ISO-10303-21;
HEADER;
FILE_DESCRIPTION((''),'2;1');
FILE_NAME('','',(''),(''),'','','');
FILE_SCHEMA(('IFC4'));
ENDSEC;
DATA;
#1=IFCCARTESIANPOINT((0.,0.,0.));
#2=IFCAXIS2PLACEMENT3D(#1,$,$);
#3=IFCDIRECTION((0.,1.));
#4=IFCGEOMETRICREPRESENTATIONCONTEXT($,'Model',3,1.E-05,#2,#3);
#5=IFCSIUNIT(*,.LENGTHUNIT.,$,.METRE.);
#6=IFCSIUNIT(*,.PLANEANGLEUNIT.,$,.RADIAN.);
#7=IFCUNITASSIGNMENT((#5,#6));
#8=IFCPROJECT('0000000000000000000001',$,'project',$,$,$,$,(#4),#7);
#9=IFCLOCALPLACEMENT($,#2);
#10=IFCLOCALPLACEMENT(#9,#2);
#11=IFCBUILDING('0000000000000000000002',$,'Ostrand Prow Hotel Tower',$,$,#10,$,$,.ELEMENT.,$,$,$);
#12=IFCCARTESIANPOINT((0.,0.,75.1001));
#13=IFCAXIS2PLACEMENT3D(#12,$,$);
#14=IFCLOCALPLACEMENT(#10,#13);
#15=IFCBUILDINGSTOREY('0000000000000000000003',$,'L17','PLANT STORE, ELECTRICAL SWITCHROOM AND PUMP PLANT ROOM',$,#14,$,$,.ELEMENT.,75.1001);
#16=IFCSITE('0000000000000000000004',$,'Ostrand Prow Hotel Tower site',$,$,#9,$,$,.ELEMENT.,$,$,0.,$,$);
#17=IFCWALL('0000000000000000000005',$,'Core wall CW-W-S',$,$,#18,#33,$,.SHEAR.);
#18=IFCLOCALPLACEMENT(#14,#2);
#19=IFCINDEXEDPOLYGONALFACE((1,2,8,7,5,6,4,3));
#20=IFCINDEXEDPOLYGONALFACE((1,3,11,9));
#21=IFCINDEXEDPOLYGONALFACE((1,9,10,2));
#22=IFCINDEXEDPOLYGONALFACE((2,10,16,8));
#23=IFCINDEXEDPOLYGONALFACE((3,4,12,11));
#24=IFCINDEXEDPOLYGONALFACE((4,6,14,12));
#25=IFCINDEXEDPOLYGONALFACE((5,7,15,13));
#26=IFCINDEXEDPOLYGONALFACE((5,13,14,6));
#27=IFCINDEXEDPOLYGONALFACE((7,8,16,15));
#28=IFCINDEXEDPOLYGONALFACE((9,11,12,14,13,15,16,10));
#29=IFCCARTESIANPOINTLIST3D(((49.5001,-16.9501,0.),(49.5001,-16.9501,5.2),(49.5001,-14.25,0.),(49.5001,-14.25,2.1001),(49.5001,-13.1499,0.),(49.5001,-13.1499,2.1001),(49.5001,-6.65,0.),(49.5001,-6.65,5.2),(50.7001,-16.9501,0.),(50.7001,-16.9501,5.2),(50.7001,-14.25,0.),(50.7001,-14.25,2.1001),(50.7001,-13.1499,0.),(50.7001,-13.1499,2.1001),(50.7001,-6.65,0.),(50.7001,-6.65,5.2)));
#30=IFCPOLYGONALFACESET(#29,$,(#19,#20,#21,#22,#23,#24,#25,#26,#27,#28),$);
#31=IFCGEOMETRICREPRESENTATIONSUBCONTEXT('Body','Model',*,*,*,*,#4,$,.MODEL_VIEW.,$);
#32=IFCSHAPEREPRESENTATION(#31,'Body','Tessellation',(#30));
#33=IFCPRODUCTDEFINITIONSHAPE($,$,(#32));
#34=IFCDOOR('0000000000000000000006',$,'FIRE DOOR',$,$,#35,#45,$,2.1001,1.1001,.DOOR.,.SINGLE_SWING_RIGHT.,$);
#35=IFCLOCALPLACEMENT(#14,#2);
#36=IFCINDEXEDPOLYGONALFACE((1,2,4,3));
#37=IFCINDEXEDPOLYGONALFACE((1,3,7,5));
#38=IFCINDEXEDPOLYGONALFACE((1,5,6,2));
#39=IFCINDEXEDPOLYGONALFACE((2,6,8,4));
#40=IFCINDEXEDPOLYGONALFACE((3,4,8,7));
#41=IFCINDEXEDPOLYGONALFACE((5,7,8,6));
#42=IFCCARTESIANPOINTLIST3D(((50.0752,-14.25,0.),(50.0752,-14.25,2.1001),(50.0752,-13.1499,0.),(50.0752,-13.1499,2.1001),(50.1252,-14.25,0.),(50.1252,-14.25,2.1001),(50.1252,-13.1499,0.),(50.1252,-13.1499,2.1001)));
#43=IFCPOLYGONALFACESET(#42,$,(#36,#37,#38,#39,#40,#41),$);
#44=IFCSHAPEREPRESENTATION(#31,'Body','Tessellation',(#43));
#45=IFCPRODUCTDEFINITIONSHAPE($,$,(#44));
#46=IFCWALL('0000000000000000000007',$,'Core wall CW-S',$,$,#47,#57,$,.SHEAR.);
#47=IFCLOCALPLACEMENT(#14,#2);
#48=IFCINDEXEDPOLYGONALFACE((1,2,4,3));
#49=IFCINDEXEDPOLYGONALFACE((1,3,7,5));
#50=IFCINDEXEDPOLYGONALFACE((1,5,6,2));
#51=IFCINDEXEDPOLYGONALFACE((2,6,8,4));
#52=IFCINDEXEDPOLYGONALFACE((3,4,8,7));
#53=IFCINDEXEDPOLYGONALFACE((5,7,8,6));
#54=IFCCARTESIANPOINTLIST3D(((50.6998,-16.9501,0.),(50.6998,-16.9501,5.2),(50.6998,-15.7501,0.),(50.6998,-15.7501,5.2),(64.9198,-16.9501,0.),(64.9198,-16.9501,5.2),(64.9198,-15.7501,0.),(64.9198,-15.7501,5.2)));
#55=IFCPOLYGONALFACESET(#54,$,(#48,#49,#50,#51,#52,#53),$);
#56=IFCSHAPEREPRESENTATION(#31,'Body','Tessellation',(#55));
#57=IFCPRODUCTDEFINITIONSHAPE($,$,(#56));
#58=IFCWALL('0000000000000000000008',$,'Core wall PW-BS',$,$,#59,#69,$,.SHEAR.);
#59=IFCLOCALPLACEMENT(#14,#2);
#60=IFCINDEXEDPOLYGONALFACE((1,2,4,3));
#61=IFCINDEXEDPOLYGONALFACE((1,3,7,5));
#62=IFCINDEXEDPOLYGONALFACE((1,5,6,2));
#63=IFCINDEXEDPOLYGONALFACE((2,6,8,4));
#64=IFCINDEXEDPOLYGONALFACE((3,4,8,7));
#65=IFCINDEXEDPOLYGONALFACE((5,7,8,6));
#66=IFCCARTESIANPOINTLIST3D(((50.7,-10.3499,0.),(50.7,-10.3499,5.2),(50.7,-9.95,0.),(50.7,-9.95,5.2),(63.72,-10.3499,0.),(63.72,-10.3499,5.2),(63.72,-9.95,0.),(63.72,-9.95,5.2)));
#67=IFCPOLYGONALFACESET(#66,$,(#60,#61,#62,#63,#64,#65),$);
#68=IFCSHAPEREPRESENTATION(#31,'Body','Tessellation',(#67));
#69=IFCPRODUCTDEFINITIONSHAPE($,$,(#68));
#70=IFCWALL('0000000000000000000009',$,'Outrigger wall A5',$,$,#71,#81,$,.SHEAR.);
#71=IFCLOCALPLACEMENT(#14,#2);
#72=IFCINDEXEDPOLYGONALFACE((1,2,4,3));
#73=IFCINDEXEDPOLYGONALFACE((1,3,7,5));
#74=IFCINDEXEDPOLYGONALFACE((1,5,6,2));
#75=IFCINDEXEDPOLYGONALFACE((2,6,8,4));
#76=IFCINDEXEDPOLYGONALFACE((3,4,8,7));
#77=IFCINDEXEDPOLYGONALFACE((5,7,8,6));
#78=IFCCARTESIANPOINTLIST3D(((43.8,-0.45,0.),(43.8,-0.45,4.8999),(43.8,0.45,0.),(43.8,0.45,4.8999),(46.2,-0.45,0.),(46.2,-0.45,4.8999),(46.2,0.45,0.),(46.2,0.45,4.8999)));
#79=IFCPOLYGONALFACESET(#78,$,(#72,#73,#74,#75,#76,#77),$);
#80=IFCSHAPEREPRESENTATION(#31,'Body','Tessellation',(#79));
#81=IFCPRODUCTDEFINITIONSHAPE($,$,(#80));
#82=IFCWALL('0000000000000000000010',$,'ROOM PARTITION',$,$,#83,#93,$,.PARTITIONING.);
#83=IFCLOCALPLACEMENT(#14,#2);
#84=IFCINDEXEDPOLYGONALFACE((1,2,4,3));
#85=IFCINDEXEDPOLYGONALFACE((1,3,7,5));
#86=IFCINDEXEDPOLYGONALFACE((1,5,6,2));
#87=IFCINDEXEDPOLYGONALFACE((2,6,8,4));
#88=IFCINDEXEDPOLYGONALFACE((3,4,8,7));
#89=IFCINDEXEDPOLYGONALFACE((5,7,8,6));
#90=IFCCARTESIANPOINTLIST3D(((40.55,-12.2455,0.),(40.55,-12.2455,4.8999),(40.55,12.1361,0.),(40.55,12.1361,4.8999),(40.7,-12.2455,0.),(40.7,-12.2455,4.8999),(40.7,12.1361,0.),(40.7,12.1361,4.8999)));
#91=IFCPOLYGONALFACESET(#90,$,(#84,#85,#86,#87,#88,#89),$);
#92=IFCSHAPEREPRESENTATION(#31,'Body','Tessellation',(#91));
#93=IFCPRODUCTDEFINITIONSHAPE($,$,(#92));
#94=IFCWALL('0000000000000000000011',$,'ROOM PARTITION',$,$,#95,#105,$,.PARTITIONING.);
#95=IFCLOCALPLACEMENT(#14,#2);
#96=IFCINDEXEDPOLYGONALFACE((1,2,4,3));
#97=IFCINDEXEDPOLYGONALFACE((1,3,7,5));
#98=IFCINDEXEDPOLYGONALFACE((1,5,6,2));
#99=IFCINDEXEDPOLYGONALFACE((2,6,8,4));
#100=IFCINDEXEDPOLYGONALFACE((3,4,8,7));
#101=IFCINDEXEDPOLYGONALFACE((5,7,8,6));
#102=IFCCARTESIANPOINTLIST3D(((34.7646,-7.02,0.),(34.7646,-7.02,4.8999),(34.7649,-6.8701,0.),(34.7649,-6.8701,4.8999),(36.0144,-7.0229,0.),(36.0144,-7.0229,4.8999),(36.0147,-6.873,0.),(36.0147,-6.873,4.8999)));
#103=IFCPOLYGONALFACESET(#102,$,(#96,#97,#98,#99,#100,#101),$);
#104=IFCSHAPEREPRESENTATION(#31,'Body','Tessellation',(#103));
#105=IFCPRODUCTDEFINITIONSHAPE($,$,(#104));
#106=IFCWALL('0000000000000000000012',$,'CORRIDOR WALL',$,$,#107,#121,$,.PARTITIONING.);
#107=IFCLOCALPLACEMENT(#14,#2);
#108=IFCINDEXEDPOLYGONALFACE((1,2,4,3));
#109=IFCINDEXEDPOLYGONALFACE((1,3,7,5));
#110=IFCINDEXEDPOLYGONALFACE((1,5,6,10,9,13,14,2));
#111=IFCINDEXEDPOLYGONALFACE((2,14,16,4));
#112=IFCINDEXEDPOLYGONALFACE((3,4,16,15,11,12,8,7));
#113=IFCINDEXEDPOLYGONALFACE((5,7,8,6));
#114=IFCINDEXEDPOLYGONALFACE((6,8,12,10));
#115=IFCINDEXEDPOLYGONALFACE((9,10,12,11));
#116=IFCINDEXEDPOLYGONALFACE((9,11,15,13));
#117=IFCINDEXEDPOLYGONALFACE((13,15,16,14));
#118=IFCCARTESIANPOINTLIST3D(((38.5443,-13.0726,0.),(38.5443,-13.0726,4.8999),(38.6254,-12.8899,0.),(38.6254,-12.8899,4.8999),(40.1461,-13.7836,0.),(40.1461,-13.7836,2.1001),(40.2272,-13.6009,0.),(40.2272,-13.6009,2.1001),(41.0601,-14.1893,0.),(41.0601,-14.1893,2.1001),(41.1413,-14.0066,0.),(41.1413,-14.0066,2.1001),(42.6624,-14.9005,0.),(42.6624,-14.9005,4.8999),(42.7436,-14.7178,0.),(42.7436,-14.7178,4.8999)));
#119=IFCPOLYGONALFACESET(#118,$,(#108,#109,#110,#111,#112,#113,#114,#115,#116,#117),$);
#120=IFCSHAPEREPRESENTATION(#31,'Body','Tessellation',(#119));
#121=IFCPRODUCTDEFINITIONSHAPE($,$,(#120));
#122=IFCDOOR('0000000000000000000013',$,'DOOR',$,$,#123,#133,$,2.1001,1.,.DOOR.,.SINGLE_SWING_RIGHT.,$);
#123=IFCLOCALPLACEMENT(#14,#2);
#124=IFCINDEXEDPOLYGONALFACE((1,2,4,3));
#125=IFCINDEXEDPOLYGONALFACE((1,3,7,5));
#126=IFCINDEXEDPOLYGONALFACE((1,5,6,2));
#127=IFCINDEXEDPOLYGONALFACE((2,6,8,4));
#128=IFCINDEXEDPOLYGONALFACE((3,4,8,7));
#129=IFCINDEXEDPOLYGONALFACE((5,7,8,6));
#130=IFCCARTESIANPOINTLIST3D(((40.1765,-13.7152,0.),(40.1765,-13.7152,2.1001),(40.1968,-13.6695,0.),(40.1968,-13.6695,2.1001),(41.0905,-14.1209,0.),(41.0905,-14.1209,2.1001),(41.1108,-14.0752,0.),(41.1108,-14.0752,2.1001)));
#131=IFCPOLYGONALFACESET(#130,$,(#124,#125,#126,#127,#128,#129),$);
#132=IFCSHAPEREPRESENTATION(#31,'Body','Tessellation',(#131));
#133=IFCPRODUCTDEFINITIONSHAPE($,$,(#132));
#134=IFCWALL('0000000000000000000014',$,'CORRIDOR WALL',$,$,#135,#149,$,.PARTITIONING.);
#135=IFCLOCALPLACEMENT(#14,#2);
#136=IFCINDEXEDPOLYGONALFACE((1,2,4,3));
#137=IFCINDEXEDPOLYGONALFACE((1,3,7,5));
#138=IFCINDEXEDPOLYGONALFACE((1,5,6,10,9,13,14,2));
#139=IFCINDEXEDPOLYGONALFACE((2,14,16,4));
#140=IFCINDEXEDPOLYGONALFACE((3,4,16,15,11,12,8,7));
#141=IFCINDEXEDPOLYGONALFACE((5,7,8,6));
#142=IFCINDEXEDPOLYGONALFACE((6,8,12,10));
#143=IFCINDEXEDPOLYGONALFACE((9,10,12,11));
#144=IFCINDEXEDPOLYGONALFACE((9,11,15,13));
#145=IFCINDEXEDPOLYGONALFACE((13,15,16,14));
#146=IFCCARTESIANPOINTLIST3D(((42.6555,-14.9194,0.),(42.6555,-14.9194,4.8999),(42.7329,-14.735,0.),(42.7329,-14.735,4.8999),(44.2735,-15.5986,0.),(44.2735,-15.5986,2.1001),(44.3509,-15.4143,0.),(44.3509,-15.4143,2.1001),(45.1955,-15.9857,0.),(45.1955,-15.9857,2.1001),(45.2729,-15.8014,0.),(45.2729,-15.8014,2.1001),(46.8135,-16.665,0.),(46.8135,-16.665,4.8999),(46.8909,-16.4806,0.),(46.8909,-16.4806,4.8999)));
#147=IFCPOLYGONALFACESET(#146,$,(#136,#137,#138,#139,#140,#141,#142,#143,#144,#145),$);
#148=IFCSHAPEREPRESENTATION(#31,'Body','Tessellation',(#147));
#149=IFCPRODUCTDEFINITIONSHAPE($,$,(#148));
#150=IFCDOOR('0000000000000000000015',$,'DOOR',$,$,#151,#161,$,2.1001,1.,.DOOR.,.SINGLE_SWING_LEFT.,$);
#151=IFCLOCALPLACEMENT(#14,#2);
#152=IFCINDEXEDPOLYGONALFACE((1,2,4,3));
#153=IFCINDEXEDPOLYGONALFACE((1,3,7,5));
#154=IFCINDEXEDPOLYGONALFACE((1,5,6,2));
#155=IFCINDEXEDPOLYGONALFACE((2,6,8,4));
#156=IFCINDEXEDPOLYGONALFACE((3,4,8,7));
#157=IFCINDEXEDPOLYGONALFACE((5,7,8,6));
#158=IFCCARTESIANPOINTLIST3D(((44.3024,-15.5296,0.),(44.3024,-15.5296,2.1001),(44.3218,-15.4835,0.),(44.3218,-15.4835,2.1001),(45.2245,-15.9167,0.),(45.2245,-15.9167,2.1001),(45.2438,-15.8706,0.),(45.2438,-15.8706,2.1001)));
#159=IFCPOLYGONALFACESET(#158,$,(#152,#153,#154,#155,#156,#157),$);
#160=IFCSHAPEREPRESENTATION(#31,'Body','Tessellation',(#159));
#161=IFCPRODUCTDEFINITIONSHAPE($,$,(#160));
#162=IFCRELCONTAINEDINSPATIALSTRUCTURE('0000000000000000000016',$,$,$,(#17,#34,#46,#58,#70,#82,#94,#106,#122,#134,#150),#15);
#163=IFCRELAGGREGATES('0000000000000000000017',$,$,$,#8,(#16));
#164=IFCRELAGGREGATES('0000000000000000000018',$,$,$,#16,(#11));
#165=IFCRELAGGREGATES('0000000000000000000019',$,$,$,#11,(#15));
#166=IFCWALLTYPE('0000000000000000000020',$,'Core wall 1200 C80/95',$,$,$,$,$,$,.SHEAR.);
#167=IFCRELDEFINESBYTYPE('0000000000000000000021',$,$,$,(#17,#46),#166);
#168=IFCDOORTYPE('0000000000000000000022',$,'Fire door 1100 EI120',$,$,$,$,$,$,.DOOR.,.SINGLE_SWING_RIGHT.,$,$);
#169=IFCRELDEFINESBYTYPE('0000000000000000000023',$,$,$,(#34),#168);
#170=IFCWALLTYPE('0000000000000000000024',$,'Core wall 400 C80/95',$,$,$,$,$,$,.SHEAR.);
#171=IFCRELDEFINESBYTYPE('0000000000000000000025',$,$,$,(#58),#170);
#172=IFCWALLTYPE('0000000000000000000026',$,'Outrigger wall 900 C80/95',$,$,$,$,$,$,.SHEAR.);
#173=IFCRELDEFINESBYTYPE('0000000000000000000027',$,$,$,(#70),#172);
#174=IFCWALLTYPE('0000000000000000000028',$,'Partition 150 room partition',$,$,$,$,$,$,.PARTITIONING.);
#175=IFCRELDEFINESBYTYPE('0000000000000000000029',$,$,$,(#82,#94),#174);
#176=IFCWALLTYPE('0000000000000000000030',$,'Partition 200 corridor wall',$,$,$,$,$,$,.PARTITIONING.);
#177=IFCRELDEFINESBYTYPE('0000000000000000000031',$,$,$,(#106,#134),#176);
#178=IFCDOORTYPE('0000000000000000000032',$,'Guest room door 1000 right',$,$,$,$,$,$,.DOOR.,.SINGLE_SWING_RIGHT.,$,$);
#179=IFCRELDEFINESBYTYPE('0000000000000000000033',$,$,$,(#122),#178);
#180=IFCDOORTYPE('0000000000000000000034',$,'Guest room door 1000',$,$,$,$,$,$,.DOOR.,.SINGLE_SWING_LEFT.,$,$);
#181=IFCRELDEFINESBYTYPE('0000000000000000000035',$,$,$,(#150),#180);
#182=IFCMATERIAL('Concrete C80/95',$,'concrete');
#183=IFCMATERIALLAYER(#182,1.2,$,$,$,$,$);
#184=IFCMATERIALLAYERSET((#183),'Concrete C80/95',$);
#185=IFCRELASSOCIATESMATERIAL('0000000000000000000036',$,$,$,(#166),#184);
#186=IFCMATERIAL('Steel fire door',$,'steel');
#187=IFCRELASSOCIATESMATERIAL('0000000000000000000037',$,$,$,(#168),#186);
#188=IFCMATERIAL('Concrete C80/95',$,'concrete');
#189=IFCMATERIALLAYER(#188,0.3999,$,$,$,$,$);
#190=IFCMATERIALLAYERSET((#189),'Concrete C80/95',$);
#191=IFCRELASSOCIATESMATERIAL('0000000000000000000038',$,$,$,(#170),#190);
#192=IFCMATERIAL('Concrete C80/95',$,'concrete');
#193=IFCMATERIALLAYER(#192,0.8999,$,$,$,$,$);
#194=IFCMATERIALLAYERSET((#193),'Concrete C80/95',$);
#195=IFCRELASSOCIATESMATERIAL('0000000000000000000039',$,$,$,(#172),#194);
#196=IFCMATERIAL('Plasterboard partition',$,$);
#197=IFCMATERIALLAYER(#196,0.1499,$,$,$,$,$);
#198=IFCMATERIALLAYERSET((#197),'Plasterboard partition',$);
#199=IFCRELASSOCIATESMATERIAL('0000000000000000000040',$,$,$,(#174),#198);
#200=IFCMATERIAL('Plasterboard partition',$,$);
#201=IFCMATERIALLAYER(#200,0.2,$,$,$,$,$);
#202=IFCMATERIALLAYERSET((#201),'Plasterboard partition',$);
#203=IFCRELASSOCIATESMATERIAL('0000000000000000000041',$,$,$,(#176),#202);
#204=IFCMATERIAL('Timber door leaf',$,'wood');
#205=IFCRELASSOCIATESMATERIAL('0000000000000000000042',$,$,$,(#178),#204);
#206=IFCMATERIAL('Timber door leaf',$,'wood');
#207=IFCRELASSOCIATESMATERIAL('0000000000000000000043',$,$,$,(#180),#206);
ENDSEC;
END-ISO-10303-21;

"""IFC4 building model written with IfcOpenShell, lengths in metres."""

from ifc_helpers import new_model, si_unit, direction, frame, frame_2d, origin, place, context, subcontext, project, spatial, rectangle, extrude, material, layer, layer_set, type_object, element, fill, save


model = new_model("IFC4")

# Units and contexts
model_context = context("Model", 3, precision=1e-05, world=origin(), true_north=direction((0.0, 1.0)))
body_context = subcontext(model_context, "Body", "Model", "MODEL_VIEW")
ifc_project = project(units=[si_unit("LENGTHUNIT", "METRE"), si_unit("PLANEANGLEUNIT", "RADIAN")], contexts=[model_context])

# Site, building, storey
site_placement = place(None, origin())
site = spatial("IfcSite", under=ifc_project, at=site_placement, Name="Ostrand Prow Hotel Tower site", CompositionType="ELEMENT", RefElevation=0.0)
building_placement = place(site_placement, origin())
building = spatial("IfcBuilding", under=site, at=building_placement, Name="Ostrand Prow Hotel Tower", CompositionType="ELEMENT")
storey_placement = place(building_placement, frame((0.0, 0.0, 75.1001)))
storey = spatial("IfcBuildingStorey", under=building, at=storey_placement, Name="L17", Description="PLANT STORE, ELECTRICAL SWITCHROOM AND PUMP PLANT ROOM", CompositionType="ELEMENT", Elevation=75.1001)

# Shared definitions
ifc_material_1 = material(Name="Concrete C80/95", Category="concrete")
ifc_layer_1 = layer(ifc_material_1, 1.2)
ifc_layer_set_1 = layer_set([ifc_layer_1], Name="Concrete C80/95")
wall_type_1 = type_object("IfcWallType", Name="Core wall 1200 C80/95", PredefinedType="SHEAR", material=ifc_layer_set_1)

# Wall, opening, door
wall_1_placement = place(storey_placement, frame((50.1001, -16.95, 0.0), z_axis=(0.0, 0.0, 1.0), x_axis=(0.0, 1.0, 0.0)))
wall_1 = element("IfcWall", 1, at=wall_1_placement, inside=storey, type_object=wall_type_1, Name="Core wall CW-W-S", PredefinedType="SHEAR", context=body_context, shape_type="SweptSolid", body=[
    extrude(rectangle(XDim=10.3, YDim=1.2, at=frame_2d((5.1499, 0.0))), origin(), (0.0, 0.0, 1.0), 5.2),
])
opening_1_placement = place(wall_1_placement, frame((2.7, 0.0, 0.0)))
opening_1 = element("IfcOpeningElement", 2, at=opening_1_placement, cuts=wall_1, PredefinedType="OPENING", context=body_context, shape_type="SweptSolid", body=[
    extrude(rectangle(XDim=1.1001, YDim=2.1001, at=frame_2d((0.55, 1.05))), frame((0.0, 0.6099, 0.0), z_axis=(0.0, -1.0, 0.0), x_axis=(1.0, 0.0, 0.0)), (0.0, 0.0, 1.0), 1.22),
])
ifc_material_2 = material(Name="Steel fire door", Category="steel")
door_type_1 = type_object("IfcDoorType", Name="Fire door 1100 EI120", OperationType="SINGLE_SWING_RIGHT", PredefinedType="DOOR", material=ifc_material_2)
door_1_placement = place(opening_1_placement, origin())
door_1 = element("IfcDoor", 3, at=door_1_placement, inside=storey, type_object=door_type_1, Name="FIRE DOOR", OperationType="SINGLE_SWING_RIGHT", OverallHeight=2.1001, OverallWidth=1.1001, PredefinedType="DOOR", context=body_context, shape_type="SweptSolid", body=[
    extrude(rectangle(XDim=1.1001, YDim=2.1001, at=frame_2d((0.55, 1.05))), frame((0.0, 0.0249, 0.0), z_axis=(0.0, -1.0, 0.0), x_axis=(1.0, 0.0, 0.0)), (0.0, 0.0, 1.0), 0.05),
])
fill(opening_1, door_1)

# Walls
wall_2_placement = place(storey_placement, frame((50.7, -16.3501, 0.0), z_axis=(0.0, 0.0, 1.0), x_axis=(1.0, 0.0, 0.0)))
element("IfcWall", 4, at=wall_2_placement, inside=storey, type_object=wall_type_1, Name="Core wall CW-S", PredefinedType="SHEAR", context=body_context, shape_type="SweptSolid", body=[
    extrude(rectangle(XDim=14.22, YDim=1.2, at=frame_2d((7.1099, 0.0))), origin(), (0.0, 0.0, 1.0), 5.2),
])
ifc_material_3 = material(Name="Concrete C80/95", Category="concrete")
ifc_layer_2 = layer(ifc_material_3, 0.3999)
ifc_layer_set_2 = layer_set([ifc_layer_2], Name="Concrete C80/95")
wall_type_2 = type_object("IfcWallType", Name="Core wall 400 C80/95", PredefinedType="SHEAR", material=ifc_layer_set_2)
wall_3_placement = place(storey_placement, frame((50.7, -10.1499, 0.0), z_axis=(0.0, 0.0, 1.0), x_axis=(1.0, 0.0, 0.0)))
element("IfcWall", 5, at=wall_3_placement, inside=storey, type_object=wall_type_2, Name="Core wall PW-BS", PredefinedType="SHEAR", context=body_context, shape_type="SweptSolid", body=[
    extrude(rectangle(XDim=13.02, YDim=0.3999, at=frame_2d((6.51, 0.0))), origin(), (0.0, 0.0, 1.0), 5.2),
])
ifc_material_4 = material(Name="Concrete C80/95", Category="concrete")
ifc_layer_3 = layer(ifc_material_4, 0.8999)
ifc_layer_set_3 = layer_set([ifc_layer_3], Name="Concrete C80/95")
wall_type_3 = type_object("IfcWallType", Name="Outrigger wall 900 C80/95", PredefinedType="SHEAR", material=ifc_layer_set_3)
wall_4_placement = place(storey_placement, frame((43.8, 0.0, 0.0), z_axis=(0.0, 0.0, 1.0), x_axis=(1.0, 0.0, 0.0)))
element("IfcWall", 6, at=wall_4_placement, inside=storey, type_object=wall_type_3, Name="Outrigger wall A5", PredefinedType="SHEAR", context=body_context, shape_type="SweptSolid", body=[
    extrude(rectangle(XDim=2.3999, YDim=0.8999, at=frame_2d((1.2, 0.0))), origin(), (0.0, 0.0, 1.0), 4.8999),
])
ifc_material_5 = material(Name="Plasterboard partition")
ifc_layer_4 = layer(ifc_material_5, 0.1499)
ifc_layer_set_4 = layer_set([ifc_layer_4], Name="Plasterboard partition")
wall_type_4 = type_object("IfcWallType", Name="Partition 150 room partition", PredefinedType="PARTITIONING", material=ifc_layer_set_4)
wall_5_placement = place(storey_placement, frame((40.625, -12.2456, 0.0), z_axis=(0.0, 0.0, 1.0), x_axis=(0.0, 1.0, 0.0)))
element("IfcWall", 7, at=wall_5_placement, inside=storey, type_object=wall_type_4, Name="ROOM PARTITION", PredefinedType="PARTITIONING", context=body_context, shape_type="SweptSolid", body=[
    extrude(rectangle(XDim=24.3816, YDim=0.1499, at=frame_2d((12.1909, 0.0))), origin(), (0.0, 0.0, 1.0), 4.8999),
])
wall_6_placement = place(storey_placement, frame((36.0146, -6.948, 0.0), z_axis=(0.0, 0.0, 1.0), x_axis=(-0.999997, 0.002344, 0.0)))
element("IfcWall", 8, at=wall_6_placement, inside=storey, type_object=wall_type_4, Name="ROOM PARTITION", PredefinedType="PARTITIONING", context=body_context, shape_type="SweptSolid", body=[
    extrude(rectangle(XDim=1.2498, YDim=0.1499, at=frame_2d((0.625, 0.0))), origin(), (0.0, 0.0, 1.0), 4.8999),
])

# Walls, openings, doors
ifc_material_6 = material(Name="Plasterboard partition")
ifc_layer_5 = layer(ifc_material_6, 0.2)
ifc_layer_set_5 = layer_set([ifc_layer_5], Name="Plasterboard partition")
wall_type_5 = type_object("IfcWallType", Name="Partition 200 corridor wall", PredefinedType="PARTITIONING", material=ifc_layer_set_5)
wall_7_placement = place(storey_placement, frame((38.5847, -12.9812, 0.0), z_axis=(0.0, 0.0, 1.0), x_axis=(0.91401, -0.405691, 0.0)))
wall_7 = element("IfcWall", 9, at=wall_7_placement, inside=storey, type_object=wall_type_5, Name="CORRIDOR WALL", PredefinedType="PARTITIONING", context=body_context, shape_type="SweptSolid", body=[
    extrude(rectangle(XDim=4.5056, YDim=0.2, at=frame_2d((2.2529, 0.0))), origin(), (0.0, 0.0, 1.0), 4.8999),
])
opening_2_placement = place(wall_7_placement, frame((1.7527, 0.0, 0.0)))
opening_2 = element("IfcOpeningElement", 10, at=opening_2_placement, cuts=wall_7, PredefinedType="OPENING", context=body_context, shape_type="SweptSolid", body=[
    extrude(rectangle(XDim=1.0, YDim=2.1001, at=frame_2d((0.5, 1.05))), frame((0.0, 0.1099, 0.0), z_axis=(0.0, -1.0, 0.0), x_axis=(1.0, 0.0, 0.0)), (0.0, 0.0, 1.0), 0.22),
])
ifc_material_7 = material(Name="Timber door leaf", Category="wood")
door_type_2 = type_object("IfcDoorType", Name="Guest room door 1000 right", OperationType="SINGLE_SWING_RIGHT", PredefinedType="DOOR", material=ifc_material_7)
door_2_placement = place(opening_2_placement, origin())
door_2 = element("IfcDoor", 11, at=door_2_placement, inside=storey, type_object=door_type_2, Name="DOOR", OperationType="SINGLE_SWING_RIGHT", OverallHeight=2.1001, OverallWidth=1.0, PredefinedType="DOOR", context=body_context, shape_type="SweptSolid", body=[
    extrude(rectangle(XDim=1.0, YDim=2.1001, at=frame_2d((0.5, 1.05))), frame((0.0, 0.0249, 0.0), z_axis=(0.0, -1.0, 0.0), x_axis=(1.0, 0.0, 0.0)), (0.0, 0.0, 1.0), 0.05),
])
fill(opening_2, door_2)
wall_8_placement = place(storey_placement, frame((42.6941, -14.8271, 0.0), z_axis=(0.0, 0.0, 1.0), x_axis=(0.92204, -0.387093, 0.0)))
wall_8 = element("IfcWall", 12, at=wall_8_placement, inside=storey, type_object=wall_type_5, Name="CORRIDOR WALL", PredefinedType="PARTITIONING", context=body_context, shape_type="SweptSolid", body=[
    extrude(rectangle(XDim=4.5095, YDim=0.2, at=frame_2d((2.2549, 0.0))), origin(), (0.0, 0.0, 1.0), 4.8999),
])
opening_3_placement = place(wall_8_placement, frame((1.7549, 0.0, 0.0)))
opening_3 = element("IfcOpeningElement", 13, at=opening_3_placement, cuts=wall_8, PredefinedType="OPENING", context=body_context, shape_type="SweptSolid", body=[
    extrude(rectangle(XDim=1.0, YDim=2.1001, at=frame_2d((0.5, 1.05))), frame((0.0, 0.1099, 0.0), z_axis=(0.0, -1.0, 0.0), x_axis=(1.0, 0.0, 0.0)), (0.0, 0.0, 1.0), 0.22),
])
ifc_material_8 = material(Name="Timber door leaf", Category="wood")
door_type_3 = type_object("IfcDoorType", Name="Guest room door 1000", OperationType="SINGLE_SWING_LEFT", PredefinedType="DOOR", material=ifc_material_8)
door_3_placement = place(opening_3_placement, origin())
door_3 = element("IfcDoor", 14, at=door_3_placement, inside=storey, type_object=door_type_3, Name="DOOR", OperationType="SINGLE_SWING_LEFT", OverallHeight=2.1001, OverallWidth=1.0, PredefinedType="DOOR", context=body_context, shape_type="SweptSolid", body=[
    extrude(rectangle(XDim=1.0, YDim=2.1001, at=frame_2d((0.5, 1.05))), frame((0.0, 0.0249, 0.0), z_axis=(0.0, -1.0, 0.0), x_axis=(1.0, 0.0, 0.0)), (0.0, 0.0, 1.0), 0.05),
])
fill(opening_3, door_3)

save(model, "model.ifc")
